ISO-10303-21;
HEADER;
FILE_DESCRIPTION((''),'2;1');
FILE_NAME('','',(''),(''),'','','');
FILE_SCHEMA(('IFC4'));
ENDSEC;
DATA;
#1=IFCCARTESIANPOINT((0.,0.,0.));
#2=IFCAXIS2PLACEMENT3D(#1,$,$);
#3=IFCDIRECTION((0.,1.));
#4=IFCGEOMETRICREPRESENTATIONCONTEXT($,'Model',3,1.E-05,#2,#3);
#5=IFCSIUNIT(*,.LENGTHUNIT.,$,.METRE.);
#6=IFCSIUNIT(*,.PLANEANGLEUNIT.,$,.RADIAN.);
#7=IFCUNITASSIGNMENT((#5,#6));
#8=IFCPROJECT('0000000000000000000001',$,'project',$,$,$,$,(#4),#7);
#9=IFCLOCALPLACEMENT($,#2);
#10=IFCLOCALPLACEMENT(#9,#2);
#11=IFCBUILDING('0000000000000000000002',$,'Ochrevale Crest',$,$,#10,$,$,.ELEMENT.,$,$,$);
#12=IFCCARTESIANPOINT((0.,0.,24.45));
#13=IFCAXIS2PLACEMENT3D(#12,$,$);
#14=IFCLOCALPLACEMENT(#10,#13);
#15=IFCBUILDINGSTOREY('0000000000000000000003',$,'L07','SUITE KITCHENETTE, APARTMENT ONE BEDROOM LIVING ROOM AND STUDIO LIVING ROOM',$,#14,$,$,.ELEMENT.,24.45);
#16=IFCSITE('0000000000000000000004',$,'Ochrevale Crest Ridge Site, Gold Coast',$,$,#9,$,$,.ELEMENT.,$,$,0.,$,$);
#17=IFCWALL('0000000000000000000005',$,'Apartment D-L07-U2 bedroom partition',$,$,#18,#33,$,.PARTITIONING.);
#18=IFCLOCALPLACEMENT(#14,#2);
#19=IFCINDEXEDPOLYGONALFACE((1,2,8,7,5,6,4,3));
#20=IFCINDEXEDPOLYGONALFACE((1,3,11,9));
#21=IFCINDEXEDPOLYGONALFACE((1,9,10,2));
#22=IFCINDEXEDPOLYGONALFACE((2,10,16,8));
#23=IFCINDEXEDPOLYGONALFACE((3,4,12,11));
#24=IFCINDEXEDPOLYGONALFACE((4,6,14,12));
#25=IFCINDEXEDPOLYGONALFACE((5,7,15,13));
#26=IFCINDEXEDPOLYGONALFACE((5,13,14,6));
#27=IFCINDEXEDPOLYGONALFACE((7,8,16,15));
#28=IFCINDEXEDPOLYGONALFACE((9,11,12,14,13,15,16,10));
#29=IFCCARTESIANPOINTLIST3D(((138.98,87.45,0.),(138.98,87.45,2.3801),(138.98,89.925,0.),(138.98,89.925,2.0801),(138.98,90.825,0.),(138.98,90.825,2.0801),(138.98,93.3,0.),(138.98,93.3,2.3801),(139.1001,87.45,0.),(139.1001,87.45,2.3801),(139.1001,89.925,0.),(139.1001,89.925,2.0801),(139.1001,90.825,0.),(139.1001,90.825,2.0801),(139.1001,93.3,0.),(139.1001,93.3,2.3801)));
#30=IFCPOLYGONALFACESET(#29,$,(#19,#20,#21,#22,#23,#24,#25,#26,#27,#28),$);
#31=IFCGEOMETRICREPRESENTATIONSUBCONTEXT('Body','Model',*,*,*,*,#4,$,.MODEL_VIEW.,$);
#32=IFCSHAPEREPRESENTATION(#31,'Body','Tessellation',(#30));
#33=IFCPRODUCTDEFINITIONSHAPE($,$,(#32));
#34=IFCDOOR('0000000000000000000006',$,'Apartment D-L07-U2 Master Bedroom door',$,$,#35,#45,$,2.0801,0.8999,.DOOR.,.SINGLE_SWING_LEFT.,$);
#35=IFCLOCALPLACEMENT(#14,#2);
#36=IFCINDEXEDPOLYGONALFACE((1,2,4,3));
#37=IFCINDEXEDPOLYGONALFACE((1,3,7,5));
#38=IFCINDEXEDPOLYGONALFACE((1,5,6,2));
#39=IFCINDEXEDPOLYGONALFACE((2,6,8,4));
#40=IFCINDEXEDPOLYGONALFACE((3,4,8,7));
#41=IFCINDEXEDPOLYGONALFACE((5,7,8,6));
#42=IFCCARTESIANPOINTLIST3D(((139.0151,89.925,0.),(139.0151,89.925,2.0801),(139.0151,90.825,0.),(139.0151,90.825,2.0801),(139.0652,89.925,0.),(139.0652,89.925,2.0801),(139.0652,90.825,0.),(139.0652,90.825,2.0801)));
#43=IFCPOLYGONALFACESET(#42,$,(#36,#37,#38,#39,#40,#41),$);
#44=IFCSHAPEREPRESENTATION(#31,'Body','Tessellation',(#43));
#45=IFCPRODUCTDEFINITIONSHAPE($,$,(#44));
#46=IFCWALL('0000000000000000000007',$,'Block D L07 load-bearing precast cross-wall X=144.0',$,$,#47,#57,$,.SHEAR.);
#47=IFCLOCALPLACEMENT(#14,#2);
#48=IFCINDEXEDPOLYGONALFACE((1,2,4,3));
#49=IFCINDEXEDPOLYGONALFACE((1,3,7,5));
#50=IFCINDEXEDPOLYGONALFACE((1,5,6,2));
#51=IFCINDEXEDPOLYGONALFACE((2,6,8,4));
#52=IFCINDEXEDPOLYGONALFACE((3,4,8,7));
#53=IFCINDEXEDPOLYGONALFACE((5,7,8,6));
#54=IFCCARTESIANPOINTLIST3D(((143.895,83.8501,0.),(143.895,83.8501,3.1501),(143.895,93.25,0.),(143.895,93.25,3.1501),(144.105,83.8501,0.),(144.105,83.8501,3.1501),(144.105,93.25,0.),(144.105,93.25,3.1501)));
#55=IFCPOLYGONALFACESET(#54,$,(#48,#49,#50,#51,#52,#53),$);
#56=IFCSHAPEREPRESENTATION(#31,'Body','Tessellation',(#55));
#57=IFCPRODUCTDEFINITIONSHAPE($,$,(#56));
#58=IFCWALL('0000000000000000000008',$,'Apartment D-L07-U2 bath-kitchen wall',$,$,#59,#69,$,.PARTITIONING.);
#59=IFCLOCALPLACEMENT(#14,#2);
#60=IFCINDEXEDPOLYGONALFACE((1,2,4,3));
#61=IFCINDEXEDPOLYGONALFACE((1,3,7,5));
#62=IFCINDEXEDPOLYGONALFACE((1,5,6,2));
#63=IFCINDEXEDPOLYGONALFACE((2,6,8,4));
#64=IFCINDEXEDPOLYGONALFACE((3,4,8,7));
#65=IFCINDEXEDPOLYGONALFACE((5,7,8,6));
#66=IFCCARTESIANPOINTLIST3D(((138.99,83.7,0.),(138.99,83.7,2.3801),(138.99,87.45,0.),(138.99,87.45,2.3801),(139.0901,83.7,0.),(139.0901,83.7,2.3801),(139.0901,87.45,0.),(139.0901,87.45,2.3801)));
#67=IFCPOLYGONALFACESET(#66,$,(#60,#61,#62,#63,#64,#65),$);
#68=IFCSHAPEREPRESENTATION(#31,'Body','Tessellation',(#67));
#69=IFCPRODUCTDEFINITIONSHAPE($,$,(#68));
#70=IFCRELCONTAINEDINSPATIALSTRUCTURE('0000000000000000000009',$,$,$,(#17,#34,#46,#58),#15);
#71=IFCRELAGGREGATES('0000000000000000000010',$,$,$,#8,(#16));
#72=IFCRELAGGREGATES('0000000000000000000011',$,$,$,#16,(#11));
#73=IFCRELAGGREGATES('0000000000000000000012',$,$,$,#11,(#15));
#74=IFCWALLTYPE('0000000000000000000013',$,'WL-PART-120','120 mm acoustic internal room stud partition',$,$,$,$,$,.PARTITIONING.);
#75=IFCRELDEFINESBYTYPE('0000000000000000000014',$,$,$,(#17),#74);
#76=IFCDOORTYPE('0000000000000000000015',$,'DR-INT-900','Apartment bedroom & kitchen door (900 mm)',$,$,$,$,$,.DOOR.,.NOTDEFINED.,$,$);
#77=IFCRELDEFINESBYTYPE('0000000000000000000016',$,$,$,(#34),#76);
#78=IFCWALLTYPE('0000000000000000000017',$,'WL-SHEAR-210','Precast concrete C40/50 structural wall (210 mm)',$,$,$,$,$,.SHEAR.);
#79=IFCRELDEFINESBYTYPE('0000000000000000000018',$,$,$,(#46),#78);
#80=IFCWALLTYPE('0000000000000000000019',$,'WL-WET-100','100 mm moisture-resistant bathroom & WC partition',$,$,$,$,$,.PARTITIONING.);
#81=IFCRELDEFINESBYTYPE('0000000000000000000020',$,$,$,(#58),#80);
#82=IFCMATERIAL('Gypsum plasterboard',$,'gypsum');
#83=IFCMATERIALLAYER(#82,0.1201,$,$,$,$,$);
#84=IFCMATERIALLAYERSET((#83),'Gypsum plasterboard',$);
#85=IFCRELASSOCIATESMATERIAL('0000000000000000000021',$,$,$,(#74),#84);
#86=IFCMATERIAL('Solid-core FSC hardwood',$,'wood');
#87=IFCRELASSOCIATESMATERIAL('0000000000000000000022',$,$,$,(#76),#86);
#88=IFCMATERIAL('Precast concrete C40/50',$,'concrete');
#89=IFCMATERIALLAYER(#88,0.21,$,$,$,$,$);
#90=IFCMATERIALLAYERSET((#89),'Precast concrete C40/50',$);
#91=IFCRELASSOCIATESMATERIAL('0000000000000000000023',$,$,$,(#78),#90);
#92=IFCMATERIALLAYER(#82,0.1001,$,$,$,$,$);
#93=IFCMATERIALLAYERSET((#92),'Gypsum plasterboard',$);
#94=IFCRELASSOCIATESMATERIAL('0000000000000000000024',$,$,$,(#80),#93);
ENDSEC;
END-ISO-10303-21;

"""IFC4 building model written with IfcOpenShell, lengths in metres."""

from ifc_helpers import new_model, si_unit, direction, frame, frame_2d, origin, place, context, subcontext, project, spatial, rectangle, extrude, material, layer, layer_set, type_object, element, fill, save


model = new_model("IFC4")

# Units and contexts
model_context = context("Model", 3, precision=1e-05, world=origin(), true_north=direction((0.0, 1.0)))
body_context = subcontext(model_context, "Body", "Model", "MODEL_VIEW")
ifc_project = project(units=[si_unit("LENGTHUNIT", "METRE"), si_unit("PLANEANGLEUNIT", "RADIAN")], contexts=[model_context])

# Site, building, storey
site_placement = place(None, origin())
site = spatial("IfcSite", under=ifc_project, at=site_placement, Name="Ochrevale Crest Ridge Site, Gold Coast", CompositionType="ELEMENT", RefElevation=0.0)
building_placement = place(site_placement, origin())
building = spatial("IfcBuilding", under=site, at=building_placement, Name="Ochrevale Crest", CompositionType="ELEMENT")
storey_placement = place(building_placement, frame((0.0, 0.0, 24.45)))
storey = spatial("IfcBuildingStorey", under=building, at=storey_placement, Name="L07", Description="SUITE KITCHENETTE, APARTMENT ONE BEDROOM LIVING ROOM AND STUDIO LIVING ROOM", CompositionType="ELEMENT", Elevation=24.45)

# Shared definitions
ifc_material_1 = material(Name="Gypsum plasterboard", Category="gypsum")
ifc_material_2 = material(Name="Solid-core FSC hardwood", Category="wood")

# Shared definitions
ifc_layer_1 = layer(ifc_material_1, 0.1201)
ifc_layer_set_1 = layer_set([ifc_layer_1], Name="Gypsum plasterboard")
wall_type_1 = type_object("IfcWallType", Name="WL-PART-120", Description="120 mm acoustic internal room stud partition", PredefinedType="PARTITIONING", material=ifc_layer_set_1)

# Wall, opening, door
wall_1_placement = place(storey_placement, frame((139.04, 87.45, 0.0), z_axis=(0.0, 0.0, 1.0), x_axis=(0.0, 1.0, 0.0)))
wall_1 = element("IfcWall", 1, at=wall_1_placement, inside=storey, type_object=wall_type_1, Name="Apartment D-L07-U2 bedroom partition", PredefinedType="PARTITIONING", context=body_context, shape_type="SweptSolid", body=[
    extrude(rectangle(XDim=5.8501, YDim=0.1201, at=frame_2d((2.925, 0.0))), origin(), (0.0, 0.0, 1.0), 2.3801),
])
opening_1_placement = place(wall_1_placement, frame((2.4751, 0.0, 0.0)))
opening_1 = element("IfcOpeningElement", 2, at=opening_1_placement, cuts=wall_1, PredefinedType="OPENING", context=body_context, shape_type="SweptSolid", body=[
    extrude(rectangle(XDim=0.8999, YDim=2.0801, at=frame_2d((0.45, 1.04))), frame((0.0, 0.0701, 0.0), z_axis=(0.0, -1.0, 0.0), x_axis=(1.0, 0.0, 0.0)), (0.0, 0.0, 1.0), 0.1401),
])
door_type_1 = type_object("IfcDoorType", Name="DR-INT-900", Description="Apartment bedroom & kitchen door (900 mm)", OperationType="NOTDEFINED", PredefinedType="DOOR", material=ifc_material_2)
door_1_placement = place(opening_1_placement, origin())
door_1 = element("IfcDoor", 3, at=door_1_placement, inside=storey, type_object=door_type_1, Name="Apartment D-L07-U2 Master Bedroom door", OperationType="SINGLE_SWING_LEFT", OverallHeight=2.0801, OverallWidth=0.8999, PredefinedType="DOOR", context=body_context, shape_type="SweptSolid", body=[
    extrude(rectangle(XDim=0.8999, YDim=2.0801, at=frame_2d((0.45, 1.04))), frame((0.0, 0.0249, 0.0), z_axis=(0.0, -1.0, 0.0), x_axis=(1.0, 0.0, 0.0)), (0.0, 0.0, 1.0), 0.05),
])
fill(opening_1, door_1)

# Walls
ifc_material_3 = material(Name="Precast concrete C40/50", Category="concrete")
ifc_layer_2 = layer(ifc_material_3, 0.21)
ifc_layer_set_2 = layer_set([ifc_layer_2], Name="Precast concrete C40/50")
wall_type_2 = type_object("IfcWallType", Name="WL-SHEAR-210", Description="Precast concrete C40/50 structural wall (210 mm)", PredefinedType="SHEAR", material=ifc_layer_set_2)
wall_2_placement = place(storey_placement, frame((144.0, 83.8501, 0.0), z_axis=(0.0, 0.0, 1.0), x_axis=(0.0, 1.0, 0.0)))
element("IfcWall", 4, at=wall_2_placement, inside=storey, type_object=wall_type_2, Name="Block D L07 load-bearing precast cross-wall X=144.0", PredefinedType="SHEAR", context=body_context, shape_type="SweptSolid", body=[
    extrude(rectangle(XDim=9.3999, YDim=0.21, at=frame_2d((4.7, 0.0))), origin(), (0.0, 0.0, 1.0), 3.1501),
])
ifc_layer_3 = layer(ifc_material_1, 0.1001)
ifc_layer_set_3 = layer_set([ifc_layer_3], Name="Gypsum plasterboard")
wall_type_3 = type_object("IfcWallType", Name="WL-WET-100", Description="100 mm moisture-resistant bathroom & WC partition", PredefinedType="PARTITIONING", material=ifc_layer_set_3)
wall_3_placement = place(storey_placement, frame((139.04, 83.7, 0.0), z_axis=(0.0, 0.0, 1.0), x_axis=(0.0, 1.0, 0.0)))
element("IfcWall", 5, at=wall_3_placement, inside=storey, type_object=wall_type_3, Name="Apartment D-L07-U2 bath-kitchen wall", PredefinedType="PARTITIONING", context=body_context, shape_type="SweptSolid", body=[
    extrude(rectangle(XDim=3.75, YDim=0.1001, at=frame_2d((1.875, 0.0))), origin(), (0.0, 0.0, 1.0), 2.3801),
])

save(model, "model.ifc")
